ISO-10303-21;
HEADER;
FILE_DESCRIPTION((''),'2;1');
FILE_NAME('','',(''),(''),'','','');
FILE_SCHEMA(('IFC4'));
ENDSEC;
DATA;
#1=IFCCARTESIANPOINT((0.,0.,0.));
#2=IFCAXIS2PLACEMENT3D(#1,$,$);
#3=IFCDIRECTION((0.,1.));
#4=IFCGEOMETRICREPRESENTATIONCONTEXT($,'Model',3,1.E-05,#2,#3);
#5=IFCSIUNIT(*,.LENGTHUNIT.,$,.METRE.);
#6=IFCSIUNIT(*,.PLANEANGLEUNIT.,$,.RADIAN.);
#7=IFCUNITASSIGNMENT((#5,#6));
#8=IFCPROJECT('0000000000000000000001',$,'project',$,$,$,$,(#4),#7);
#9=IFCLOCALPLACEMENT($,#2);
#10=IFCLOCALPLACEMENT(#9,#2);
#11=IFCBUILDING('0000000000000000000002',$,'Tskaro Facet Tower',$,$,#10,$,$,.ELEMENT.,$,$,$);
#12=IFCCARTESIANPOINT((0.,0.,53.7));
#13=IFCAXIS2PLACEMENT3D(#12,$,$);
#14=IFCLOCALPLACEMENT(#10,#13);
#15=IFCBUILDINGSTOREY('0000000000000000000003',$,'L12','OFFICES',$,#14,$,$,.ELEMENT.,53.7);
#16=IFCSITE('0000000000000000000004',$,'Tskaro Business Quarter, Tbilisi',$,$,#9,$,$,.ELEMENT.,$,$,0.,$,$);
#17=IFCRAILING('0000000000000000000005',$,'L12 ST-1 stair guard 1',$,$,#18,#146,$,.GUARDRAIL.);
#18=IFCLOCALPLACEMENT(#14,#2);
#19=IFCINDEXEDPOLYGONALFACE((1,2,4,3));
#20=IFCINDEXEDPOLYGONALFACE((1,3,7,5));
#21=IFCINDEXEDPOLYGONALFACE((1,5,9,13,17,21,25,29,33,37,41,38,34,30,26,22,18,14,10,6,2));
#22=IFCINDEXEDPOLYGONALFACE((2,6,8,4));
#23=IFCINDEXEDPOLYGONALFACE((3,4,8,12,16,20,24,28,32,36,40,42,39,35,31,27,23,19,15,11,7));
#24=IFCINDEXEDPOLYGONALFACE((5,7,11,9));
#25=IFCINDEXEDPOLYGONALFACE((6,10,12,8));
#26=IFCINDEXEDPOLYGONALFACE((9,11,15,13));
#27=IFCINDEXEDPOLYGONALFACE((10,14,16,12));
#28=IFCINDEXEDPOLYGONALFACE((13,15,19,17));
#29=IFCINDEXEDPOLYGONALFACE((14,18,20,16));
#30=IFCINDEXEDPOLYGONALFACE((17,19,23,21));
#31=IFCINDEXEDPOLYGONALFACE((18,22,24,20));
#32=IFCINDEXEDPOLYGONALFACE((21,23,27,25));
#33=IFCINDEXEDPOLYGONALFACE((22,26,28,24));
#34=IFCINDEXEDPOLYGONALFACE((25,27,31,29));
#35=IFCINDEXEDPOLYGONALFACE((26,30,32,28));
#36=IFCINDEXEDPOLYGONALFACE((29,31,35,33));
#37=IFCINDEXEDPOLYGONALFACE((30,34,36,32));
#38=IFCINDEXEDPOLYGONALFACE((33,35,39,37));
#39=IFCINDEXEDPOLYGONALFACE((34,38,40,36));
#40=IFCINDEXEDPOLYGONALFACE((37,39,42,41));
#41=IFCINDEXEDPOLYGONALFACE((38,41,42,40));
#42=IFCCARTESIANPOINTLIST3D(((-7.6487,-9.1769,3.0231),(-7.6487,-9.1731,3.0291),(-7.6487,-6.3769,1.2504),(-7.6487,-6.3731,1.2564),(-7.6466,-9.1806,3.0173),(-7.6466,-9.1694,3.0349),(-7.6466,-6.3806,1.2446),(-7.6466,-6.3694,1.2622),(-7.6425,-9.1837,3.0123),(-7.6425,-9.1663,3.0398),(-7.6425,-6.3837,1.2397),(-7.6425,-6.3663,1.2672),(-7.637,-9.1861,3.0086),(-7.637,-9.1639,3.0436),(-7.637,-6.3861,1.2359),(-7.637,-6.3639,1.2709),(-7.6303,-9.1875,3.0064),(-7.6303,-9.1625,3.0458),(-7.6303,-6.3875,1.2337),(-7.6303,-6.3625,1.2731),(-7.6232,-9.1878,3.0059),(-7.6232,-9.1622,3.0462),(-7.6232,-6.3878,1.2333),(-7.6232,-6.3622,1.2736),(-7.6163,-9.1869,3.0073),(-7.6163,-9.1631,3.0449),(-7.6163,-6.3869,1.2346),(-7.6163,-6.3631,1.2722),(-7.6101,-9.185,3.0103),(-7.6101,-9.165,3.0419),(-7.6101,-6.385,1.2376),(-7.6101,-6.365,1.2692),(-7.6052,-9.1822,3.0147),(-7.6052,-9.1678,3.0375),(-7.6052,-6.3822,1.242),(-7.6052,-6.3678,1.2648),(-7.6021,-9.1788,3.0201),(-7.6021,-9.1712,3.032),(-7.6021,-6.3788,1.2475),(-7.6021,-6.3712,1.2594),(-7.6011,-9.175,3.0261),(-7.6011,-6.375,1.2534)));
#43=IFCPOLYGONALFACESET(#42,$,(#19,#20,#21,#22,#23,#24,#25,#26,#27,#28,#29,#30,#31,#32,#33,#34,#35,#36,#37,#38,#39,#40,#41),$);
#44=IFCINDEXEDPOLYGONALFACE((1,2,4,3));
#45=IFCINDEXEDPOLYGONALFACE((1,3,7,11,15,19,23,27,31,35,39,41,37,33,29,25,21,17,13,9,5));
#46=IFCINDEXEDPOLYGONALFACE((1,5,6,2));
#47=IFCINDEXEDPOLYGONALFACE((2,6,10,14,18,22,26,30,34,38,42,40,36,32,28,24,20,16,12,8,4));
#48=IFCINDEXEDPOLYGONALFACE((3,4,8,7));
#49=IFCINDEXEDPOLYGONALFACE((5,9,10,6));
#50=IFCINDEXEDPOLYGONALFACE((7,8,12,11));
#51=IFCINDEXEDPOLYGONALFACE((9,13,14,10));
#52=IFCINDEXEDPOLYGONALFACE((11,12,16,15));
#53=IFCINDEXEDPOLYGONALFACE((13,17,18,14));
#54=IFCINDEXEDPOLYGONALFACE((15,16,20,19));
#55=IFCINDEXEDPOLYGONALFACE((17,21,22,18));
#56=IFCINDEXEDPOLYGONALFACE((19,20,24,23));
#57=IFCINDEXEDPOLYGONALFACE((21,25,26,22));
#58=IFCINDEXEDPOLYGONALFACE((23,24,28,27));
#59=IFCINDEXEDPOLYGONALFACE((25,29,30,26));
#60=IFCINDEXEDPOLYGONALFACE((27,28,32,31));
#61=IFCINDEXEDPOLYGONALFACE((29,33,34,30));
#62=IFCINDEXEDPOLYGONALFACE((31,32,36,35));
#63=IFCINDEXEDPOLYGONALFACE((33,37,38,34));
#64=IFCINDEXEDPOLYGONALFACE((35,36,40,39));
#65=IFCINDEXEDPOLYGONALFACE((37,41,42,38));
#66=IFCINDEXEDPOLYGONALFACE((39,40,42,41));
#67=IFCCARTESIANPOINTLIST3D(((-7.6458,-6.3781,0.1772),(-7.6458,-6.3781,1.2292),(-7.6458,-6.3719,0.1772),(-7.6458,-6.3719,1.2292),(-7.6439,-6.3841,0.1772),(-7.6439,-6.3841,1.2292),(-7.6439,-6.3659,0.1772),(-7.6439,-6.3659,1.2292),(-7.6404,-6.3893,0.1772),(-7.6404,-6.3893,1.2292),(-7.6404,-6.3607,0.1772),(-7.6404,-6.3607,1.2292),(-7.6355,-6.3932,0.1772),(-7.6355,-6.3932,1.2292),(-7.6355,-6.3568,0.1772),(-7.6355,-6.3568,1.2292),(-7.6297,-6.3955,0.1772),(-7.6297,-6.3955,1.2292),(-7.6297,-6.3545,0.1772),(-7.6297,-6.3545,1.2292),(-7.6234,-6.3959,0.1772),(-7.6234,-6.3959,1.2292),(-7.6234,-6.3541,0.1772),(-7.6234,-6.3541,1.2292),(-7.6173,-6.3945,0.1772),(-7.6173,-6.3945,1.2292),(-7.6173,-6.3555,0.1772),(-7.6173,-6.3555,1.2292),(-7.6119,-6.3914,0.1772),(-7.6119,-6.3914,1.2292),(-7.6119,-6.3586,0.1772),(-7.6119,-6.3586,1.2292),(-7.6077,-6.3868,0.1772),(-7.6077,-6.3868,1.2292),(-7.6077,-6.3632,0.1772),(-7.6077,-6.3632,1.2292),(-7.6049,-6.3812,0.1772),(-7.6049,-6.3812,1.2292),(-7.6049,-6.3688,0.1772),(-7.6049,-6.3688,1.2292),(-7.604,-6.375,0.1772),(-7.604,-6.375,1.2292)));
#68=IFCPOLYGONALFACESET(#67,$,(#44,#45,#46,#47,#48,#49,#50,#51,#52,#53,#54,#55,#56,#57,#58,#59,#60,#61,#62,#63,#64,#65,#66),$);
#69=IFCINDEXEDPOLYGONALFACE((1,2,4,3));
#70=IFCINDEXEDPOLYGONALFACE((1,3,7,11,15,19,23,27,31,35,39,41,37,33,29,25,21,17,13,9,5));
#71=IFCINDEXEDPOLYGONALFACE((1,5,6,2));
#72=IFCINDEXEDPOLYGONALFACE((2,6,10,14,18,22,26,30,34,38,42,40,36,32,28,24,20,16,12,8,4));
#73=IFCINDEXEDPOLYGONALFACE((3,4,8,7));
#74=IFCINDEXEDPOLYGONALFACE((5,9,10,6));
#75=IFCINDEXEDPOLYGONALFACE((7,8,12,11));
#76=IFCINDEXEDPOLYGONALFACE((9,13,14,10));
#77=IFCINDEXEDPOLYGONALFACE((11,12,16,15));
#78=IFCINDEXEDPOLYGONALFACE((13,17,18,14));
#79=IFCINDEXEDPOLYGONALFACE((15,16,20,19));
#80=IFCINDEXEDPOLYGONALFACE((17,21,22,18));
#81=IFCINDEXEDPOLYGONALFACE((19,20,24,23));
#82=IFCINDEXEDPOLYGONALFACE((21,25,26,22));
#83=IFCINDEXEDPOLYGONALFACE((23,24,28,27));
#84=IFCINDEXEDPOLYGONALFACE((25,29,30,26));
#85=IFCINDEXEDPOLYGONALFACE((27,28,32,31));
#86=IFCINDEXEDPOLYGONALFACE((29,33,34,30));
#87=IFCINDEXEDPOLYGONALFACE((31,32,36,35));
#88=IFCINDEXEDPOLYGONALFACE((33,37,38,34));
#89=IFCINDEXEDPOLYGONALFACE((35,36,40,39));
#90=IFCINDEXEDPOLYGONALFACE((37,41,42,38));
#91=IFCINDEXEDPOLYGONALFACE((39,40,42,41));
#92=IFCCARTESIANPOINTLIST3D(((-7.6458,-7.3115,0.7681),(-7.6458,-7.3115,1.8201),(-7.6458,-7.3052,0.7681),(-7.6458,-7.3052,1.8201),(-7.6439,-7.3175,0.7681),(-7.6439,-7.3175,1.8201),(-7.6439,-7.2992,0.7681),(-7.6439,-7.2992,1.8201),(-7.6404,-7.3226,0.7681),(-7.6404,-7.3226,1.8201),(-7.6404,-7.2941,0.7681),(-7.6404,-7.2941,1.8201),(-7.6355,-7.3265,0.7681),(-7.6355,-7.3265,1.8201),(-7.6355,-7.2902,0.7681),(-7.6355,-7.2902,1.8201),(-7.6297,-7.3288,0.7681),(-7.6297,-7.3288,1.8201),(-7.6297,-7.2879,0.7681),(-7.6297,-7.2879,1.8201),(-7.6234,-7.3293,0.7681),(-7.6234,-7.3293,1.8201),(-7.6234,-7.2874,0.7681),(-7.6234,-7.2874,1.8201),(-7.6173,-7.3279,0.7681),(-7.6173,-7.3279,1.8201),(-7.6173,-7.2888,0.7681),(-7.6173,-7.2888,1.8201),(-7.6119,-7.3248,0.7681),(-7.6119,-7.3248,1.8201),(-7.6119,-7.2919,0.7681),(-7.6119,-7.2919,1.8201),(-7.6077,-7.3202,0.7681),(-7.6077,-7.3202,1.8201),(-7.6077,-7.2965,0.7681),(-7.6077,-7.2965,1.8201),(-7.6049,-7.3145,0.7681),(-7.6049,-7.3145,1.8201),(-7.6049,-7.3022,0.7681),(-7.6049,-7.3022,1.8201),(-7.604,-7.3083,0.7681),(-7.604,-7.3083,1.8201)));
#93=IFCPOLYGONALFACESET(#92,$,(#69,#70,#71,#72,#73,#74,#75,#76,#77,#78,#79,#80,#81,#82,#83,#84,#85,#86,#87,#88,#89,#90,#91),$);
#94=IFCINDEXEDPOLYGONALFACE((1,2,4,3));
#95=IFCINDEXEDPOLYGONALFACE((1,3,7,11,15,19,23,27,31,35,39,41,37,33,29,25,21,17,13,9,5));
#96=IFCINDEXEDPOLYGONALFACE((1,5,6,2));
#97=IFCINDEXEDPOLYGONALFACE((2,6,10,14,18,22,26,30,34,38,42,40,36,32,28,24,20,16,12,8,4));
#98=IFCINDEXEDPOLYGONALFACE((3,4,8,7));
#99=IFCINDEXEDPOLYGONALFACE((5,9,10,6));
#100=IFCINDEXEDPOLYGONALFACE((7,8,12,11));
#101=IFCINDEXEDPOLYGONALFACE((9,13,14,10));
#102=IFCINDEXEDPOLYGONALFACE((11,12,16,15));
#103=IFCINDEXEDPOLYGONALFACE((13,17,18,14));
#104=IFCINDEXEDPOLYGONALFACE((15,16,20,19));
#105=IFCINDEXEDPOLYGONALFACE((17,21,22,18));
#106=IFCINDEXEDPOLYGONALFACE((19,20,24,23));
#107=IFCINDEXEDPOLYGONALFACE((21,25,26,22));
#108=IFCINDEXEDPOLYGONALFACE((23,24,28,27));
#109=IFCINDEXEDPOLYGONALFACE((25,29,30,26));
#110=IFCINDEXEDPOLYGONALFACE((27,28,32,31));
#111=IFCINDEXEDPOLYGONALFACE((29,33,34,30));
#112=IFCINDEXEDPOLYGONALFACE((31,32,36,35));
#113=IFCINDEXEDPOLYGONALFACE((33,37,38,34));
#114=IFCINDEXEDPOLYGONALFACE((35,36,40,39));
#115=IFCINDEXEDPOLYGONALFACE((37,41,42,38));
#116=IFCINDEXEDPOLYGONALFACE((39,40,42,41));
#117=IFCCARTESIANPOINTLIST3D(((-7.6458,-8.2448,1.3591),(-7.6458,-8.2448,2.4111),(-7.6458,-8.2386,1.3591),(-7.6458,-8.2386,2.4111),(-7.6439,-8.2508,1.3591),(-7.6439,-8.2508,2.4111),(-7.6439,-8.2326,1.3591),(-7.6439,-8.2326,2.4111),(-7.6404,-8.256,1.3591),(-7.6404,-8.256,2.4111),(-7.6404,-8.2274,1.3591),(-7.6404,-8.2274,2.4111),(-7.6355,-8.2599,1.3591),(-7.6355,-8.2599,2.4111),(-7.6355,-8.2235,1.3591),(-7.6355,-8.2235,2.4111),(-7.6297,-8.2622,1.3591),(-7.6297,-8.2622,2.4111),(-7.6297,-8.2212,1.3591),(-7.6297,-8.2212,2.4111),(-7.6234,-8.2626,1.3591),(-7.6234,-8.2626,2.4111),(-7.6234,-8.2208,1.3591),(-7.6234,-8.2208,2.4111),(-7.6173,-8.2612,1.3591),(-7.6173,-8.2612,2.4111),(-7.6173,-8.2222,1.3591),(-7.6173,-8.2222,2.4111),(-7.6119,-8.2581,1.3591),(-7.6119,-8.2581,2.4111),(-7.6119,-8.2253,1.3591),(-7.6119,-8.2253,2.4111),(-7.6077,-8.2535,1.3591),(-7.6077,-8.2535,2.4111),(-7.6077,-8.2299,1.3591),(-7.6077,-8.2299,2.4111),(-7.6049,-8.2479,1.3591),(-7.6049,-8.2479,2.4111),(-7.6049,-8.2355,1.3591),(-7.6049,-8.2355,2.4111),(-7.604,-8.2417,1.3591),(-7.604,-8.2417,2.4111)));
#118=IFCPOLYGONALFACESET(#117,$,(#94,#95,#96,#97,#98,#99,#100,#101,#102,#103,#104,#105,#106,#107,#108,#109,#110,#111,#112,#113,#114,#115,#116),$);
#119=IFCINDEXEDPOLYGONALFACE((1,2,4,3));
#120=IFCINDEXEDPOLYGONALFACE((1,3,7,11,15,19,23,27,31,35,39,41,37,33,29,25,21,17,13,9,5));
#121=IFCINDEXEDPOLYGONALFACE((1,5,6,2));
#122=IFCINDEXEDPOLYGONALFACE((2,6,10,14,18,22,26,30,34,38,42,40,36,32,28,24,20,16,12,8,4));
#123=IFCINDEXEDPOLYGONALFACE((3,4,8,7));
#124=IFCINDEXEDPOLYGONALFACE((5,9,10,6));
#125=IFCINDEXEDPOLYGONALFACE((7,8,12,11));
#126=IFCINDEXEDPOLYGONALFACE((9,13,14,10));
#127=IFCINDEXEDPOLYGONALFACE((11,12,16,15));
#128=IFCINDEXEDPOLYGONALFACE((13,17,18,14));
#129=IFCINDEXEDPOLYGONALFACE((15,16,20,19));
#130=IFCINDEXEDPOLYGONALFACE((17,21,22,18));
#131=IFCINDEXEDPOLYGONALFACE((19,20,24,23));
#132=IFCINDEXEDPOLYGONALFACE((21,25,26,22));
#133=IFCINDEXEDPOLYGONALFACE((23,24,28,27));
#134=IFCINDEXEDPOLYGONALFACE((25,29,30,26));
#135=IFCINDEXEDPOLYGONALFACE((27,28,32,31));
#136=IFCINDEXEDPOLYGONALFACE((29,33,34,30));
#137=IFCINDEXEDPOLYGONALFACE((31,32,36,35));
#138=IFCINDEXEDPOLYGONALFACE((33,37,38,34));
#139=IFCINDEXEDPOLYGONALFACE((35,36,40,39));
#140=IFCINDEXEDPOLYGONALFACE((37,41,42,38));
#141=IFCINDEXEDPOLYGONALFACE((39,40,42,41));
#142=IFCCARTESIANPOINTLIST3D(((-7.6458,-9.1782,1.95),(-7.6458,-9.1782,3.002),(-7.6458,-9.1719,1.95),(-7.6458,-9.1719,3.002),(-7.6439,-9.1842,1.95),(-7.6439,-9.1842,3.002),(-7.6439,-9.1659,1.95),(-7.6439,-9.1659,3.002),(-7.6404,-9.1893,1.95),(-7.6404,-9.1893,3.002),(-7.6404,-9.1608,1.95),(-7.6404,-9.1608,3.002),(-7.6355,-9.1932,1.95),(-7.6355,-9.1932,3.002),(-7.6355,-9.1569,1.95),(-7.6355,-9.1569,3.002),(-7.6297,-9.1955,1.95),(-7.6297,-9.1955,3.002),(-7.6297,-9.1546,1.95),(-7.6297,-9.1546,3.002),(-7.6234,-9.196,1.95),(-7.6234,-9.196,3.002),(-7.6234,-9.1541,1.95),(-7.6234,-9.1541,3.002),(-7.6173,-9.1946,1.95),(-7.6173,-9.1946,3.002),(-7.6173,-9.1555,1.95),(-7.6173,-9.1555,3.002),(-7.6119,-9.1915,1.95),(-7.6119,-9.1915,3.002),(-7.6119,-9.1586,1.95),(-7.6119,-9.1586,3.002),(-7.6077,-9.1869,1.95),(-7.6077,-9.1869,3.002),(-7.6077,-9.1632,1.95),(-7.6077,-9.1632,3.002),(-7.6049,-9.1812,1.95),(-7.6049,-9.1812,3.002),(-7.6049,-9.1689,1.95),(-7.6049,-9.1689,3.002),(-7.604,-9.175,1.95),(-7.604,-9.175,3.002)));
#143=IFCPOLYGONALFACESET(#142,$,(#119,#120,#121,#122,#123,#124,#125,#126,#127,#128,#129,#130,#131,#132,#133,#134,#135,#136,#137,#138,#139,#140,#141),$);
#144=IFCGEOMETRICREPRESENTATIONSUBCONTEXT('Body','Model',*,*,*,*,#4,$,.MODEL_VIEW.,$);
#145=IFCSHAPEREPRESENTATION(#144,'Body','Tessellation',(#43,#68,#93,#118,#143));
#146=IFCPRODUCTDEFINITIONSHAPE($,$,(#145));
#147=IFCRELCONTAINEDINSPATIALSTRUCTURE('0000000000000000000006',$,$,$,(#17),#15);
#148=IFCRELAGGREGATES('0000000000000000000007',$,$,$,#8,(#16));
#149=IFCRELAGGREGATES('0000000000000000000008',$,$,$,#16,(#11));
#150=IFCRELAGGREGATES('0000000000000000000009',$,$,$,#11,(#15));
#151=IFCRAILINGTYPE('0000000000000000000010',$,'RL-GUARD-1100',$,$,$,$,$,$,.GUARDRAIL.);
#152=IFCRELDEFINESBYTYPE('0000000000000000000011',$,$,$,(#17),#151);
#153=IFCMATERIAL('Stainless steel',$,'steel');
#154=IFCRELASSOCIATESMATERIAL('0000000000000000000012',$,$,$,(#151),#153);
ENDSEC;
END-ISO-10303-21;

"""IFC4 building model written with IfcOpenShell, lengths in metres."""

from ifc_helpers import new_model, si_unit, direction, frame, origin, origin_2d, place, context, subcontext, project, spatial, circle, extrude, material, type_object, element, save


model = new_model("IFC4")

# Units and contexts
model_context = context("Model", 3, precision=1e-05, world=origin(), true_north=direction((0.0, 1.0)))
body_context = subcontext(model_context, "Body", "Model", "MODEL_VIEW")
ifc_project = project(units=[si_unit("LENGTHUNIT", "METRE"), si_unit("PLANEANGLEUNIT", "RADIAN")], contexts=[model_context])

# Site, building, storey
site_placement = place(None, origin())
site = spatial("IfcSite", under=ifc_project, at=site_placement, Name="Tskaro Business Quarter, Tbilisi", CompositionType="ELEMENT", RefElevation=0.0)
building_placement = place(site_placement, origin())
building = spatial("IfcBuilding", under=site, at=building_placement, Name="Tskaro Facet Tower", CompositionType="ELEMENT")
storey_placement = place(building_placement, frame((0.0, 0.0, 53.7)))
storey = spatial("IfcBuildingStorey", under=building, at=storey_placement, Name="L12", Description="OFFICES", CompositionType="ELEMENT", Elevation=53.7)

# Shared definitions
ifc_material_1 = material(Name="Stainless steel", Category="steel")

# Railing
railing_type_1 = type_object("IfcRailingType", Name="RL-GUARD-1100", PredefinedType="GUARDRAIL", material=ifc_material_1)
railing_1_placement = place(storey_placement, frame((-7.625, -6.375, 0.1772)))
element("IfcRailing", 1, at=railing_1_placement, inside=storey, type_object=railing_type_1, Name="L12 ST-1 stair guard 1", PredefinedType="GUARDRAIL", context=body_context, shape_type="SweptSolid", body=[
    extrude(circle(Radius=0.0239, at=origin_2d()), frame((0.0, 0.0, 1.0762), z_axis=(0.0, -0.844909, 0.53491), x_axis=(1.0, 0.0, 0.0)), (0.0, 0.0, 1.0), 3.314),
    extrude(circle(Radius=0.021, at=origin_2d()), origin(), (0.0, 0.0, 1.0), 1.052),
    extrude(circle(Radius=0.021, at=origin_2d()), frame((0.0, -0.9333, 0.5908)), (0.0, 0.0, 1.0), 1.052),
    extrude(circle(Radius=0.021, at=origin_2d()), frame((0.0, -1.8667, 1.1819)), (0.0, 0.0, 1.0), 1.052),
    extrude(circle(Radius=0.021, at=origin_2d()), frame((0.0, -2.8, 1.7727)), (0.0, 0.0, 1.0), 1.052),
])

save(model, "model.ifc")
